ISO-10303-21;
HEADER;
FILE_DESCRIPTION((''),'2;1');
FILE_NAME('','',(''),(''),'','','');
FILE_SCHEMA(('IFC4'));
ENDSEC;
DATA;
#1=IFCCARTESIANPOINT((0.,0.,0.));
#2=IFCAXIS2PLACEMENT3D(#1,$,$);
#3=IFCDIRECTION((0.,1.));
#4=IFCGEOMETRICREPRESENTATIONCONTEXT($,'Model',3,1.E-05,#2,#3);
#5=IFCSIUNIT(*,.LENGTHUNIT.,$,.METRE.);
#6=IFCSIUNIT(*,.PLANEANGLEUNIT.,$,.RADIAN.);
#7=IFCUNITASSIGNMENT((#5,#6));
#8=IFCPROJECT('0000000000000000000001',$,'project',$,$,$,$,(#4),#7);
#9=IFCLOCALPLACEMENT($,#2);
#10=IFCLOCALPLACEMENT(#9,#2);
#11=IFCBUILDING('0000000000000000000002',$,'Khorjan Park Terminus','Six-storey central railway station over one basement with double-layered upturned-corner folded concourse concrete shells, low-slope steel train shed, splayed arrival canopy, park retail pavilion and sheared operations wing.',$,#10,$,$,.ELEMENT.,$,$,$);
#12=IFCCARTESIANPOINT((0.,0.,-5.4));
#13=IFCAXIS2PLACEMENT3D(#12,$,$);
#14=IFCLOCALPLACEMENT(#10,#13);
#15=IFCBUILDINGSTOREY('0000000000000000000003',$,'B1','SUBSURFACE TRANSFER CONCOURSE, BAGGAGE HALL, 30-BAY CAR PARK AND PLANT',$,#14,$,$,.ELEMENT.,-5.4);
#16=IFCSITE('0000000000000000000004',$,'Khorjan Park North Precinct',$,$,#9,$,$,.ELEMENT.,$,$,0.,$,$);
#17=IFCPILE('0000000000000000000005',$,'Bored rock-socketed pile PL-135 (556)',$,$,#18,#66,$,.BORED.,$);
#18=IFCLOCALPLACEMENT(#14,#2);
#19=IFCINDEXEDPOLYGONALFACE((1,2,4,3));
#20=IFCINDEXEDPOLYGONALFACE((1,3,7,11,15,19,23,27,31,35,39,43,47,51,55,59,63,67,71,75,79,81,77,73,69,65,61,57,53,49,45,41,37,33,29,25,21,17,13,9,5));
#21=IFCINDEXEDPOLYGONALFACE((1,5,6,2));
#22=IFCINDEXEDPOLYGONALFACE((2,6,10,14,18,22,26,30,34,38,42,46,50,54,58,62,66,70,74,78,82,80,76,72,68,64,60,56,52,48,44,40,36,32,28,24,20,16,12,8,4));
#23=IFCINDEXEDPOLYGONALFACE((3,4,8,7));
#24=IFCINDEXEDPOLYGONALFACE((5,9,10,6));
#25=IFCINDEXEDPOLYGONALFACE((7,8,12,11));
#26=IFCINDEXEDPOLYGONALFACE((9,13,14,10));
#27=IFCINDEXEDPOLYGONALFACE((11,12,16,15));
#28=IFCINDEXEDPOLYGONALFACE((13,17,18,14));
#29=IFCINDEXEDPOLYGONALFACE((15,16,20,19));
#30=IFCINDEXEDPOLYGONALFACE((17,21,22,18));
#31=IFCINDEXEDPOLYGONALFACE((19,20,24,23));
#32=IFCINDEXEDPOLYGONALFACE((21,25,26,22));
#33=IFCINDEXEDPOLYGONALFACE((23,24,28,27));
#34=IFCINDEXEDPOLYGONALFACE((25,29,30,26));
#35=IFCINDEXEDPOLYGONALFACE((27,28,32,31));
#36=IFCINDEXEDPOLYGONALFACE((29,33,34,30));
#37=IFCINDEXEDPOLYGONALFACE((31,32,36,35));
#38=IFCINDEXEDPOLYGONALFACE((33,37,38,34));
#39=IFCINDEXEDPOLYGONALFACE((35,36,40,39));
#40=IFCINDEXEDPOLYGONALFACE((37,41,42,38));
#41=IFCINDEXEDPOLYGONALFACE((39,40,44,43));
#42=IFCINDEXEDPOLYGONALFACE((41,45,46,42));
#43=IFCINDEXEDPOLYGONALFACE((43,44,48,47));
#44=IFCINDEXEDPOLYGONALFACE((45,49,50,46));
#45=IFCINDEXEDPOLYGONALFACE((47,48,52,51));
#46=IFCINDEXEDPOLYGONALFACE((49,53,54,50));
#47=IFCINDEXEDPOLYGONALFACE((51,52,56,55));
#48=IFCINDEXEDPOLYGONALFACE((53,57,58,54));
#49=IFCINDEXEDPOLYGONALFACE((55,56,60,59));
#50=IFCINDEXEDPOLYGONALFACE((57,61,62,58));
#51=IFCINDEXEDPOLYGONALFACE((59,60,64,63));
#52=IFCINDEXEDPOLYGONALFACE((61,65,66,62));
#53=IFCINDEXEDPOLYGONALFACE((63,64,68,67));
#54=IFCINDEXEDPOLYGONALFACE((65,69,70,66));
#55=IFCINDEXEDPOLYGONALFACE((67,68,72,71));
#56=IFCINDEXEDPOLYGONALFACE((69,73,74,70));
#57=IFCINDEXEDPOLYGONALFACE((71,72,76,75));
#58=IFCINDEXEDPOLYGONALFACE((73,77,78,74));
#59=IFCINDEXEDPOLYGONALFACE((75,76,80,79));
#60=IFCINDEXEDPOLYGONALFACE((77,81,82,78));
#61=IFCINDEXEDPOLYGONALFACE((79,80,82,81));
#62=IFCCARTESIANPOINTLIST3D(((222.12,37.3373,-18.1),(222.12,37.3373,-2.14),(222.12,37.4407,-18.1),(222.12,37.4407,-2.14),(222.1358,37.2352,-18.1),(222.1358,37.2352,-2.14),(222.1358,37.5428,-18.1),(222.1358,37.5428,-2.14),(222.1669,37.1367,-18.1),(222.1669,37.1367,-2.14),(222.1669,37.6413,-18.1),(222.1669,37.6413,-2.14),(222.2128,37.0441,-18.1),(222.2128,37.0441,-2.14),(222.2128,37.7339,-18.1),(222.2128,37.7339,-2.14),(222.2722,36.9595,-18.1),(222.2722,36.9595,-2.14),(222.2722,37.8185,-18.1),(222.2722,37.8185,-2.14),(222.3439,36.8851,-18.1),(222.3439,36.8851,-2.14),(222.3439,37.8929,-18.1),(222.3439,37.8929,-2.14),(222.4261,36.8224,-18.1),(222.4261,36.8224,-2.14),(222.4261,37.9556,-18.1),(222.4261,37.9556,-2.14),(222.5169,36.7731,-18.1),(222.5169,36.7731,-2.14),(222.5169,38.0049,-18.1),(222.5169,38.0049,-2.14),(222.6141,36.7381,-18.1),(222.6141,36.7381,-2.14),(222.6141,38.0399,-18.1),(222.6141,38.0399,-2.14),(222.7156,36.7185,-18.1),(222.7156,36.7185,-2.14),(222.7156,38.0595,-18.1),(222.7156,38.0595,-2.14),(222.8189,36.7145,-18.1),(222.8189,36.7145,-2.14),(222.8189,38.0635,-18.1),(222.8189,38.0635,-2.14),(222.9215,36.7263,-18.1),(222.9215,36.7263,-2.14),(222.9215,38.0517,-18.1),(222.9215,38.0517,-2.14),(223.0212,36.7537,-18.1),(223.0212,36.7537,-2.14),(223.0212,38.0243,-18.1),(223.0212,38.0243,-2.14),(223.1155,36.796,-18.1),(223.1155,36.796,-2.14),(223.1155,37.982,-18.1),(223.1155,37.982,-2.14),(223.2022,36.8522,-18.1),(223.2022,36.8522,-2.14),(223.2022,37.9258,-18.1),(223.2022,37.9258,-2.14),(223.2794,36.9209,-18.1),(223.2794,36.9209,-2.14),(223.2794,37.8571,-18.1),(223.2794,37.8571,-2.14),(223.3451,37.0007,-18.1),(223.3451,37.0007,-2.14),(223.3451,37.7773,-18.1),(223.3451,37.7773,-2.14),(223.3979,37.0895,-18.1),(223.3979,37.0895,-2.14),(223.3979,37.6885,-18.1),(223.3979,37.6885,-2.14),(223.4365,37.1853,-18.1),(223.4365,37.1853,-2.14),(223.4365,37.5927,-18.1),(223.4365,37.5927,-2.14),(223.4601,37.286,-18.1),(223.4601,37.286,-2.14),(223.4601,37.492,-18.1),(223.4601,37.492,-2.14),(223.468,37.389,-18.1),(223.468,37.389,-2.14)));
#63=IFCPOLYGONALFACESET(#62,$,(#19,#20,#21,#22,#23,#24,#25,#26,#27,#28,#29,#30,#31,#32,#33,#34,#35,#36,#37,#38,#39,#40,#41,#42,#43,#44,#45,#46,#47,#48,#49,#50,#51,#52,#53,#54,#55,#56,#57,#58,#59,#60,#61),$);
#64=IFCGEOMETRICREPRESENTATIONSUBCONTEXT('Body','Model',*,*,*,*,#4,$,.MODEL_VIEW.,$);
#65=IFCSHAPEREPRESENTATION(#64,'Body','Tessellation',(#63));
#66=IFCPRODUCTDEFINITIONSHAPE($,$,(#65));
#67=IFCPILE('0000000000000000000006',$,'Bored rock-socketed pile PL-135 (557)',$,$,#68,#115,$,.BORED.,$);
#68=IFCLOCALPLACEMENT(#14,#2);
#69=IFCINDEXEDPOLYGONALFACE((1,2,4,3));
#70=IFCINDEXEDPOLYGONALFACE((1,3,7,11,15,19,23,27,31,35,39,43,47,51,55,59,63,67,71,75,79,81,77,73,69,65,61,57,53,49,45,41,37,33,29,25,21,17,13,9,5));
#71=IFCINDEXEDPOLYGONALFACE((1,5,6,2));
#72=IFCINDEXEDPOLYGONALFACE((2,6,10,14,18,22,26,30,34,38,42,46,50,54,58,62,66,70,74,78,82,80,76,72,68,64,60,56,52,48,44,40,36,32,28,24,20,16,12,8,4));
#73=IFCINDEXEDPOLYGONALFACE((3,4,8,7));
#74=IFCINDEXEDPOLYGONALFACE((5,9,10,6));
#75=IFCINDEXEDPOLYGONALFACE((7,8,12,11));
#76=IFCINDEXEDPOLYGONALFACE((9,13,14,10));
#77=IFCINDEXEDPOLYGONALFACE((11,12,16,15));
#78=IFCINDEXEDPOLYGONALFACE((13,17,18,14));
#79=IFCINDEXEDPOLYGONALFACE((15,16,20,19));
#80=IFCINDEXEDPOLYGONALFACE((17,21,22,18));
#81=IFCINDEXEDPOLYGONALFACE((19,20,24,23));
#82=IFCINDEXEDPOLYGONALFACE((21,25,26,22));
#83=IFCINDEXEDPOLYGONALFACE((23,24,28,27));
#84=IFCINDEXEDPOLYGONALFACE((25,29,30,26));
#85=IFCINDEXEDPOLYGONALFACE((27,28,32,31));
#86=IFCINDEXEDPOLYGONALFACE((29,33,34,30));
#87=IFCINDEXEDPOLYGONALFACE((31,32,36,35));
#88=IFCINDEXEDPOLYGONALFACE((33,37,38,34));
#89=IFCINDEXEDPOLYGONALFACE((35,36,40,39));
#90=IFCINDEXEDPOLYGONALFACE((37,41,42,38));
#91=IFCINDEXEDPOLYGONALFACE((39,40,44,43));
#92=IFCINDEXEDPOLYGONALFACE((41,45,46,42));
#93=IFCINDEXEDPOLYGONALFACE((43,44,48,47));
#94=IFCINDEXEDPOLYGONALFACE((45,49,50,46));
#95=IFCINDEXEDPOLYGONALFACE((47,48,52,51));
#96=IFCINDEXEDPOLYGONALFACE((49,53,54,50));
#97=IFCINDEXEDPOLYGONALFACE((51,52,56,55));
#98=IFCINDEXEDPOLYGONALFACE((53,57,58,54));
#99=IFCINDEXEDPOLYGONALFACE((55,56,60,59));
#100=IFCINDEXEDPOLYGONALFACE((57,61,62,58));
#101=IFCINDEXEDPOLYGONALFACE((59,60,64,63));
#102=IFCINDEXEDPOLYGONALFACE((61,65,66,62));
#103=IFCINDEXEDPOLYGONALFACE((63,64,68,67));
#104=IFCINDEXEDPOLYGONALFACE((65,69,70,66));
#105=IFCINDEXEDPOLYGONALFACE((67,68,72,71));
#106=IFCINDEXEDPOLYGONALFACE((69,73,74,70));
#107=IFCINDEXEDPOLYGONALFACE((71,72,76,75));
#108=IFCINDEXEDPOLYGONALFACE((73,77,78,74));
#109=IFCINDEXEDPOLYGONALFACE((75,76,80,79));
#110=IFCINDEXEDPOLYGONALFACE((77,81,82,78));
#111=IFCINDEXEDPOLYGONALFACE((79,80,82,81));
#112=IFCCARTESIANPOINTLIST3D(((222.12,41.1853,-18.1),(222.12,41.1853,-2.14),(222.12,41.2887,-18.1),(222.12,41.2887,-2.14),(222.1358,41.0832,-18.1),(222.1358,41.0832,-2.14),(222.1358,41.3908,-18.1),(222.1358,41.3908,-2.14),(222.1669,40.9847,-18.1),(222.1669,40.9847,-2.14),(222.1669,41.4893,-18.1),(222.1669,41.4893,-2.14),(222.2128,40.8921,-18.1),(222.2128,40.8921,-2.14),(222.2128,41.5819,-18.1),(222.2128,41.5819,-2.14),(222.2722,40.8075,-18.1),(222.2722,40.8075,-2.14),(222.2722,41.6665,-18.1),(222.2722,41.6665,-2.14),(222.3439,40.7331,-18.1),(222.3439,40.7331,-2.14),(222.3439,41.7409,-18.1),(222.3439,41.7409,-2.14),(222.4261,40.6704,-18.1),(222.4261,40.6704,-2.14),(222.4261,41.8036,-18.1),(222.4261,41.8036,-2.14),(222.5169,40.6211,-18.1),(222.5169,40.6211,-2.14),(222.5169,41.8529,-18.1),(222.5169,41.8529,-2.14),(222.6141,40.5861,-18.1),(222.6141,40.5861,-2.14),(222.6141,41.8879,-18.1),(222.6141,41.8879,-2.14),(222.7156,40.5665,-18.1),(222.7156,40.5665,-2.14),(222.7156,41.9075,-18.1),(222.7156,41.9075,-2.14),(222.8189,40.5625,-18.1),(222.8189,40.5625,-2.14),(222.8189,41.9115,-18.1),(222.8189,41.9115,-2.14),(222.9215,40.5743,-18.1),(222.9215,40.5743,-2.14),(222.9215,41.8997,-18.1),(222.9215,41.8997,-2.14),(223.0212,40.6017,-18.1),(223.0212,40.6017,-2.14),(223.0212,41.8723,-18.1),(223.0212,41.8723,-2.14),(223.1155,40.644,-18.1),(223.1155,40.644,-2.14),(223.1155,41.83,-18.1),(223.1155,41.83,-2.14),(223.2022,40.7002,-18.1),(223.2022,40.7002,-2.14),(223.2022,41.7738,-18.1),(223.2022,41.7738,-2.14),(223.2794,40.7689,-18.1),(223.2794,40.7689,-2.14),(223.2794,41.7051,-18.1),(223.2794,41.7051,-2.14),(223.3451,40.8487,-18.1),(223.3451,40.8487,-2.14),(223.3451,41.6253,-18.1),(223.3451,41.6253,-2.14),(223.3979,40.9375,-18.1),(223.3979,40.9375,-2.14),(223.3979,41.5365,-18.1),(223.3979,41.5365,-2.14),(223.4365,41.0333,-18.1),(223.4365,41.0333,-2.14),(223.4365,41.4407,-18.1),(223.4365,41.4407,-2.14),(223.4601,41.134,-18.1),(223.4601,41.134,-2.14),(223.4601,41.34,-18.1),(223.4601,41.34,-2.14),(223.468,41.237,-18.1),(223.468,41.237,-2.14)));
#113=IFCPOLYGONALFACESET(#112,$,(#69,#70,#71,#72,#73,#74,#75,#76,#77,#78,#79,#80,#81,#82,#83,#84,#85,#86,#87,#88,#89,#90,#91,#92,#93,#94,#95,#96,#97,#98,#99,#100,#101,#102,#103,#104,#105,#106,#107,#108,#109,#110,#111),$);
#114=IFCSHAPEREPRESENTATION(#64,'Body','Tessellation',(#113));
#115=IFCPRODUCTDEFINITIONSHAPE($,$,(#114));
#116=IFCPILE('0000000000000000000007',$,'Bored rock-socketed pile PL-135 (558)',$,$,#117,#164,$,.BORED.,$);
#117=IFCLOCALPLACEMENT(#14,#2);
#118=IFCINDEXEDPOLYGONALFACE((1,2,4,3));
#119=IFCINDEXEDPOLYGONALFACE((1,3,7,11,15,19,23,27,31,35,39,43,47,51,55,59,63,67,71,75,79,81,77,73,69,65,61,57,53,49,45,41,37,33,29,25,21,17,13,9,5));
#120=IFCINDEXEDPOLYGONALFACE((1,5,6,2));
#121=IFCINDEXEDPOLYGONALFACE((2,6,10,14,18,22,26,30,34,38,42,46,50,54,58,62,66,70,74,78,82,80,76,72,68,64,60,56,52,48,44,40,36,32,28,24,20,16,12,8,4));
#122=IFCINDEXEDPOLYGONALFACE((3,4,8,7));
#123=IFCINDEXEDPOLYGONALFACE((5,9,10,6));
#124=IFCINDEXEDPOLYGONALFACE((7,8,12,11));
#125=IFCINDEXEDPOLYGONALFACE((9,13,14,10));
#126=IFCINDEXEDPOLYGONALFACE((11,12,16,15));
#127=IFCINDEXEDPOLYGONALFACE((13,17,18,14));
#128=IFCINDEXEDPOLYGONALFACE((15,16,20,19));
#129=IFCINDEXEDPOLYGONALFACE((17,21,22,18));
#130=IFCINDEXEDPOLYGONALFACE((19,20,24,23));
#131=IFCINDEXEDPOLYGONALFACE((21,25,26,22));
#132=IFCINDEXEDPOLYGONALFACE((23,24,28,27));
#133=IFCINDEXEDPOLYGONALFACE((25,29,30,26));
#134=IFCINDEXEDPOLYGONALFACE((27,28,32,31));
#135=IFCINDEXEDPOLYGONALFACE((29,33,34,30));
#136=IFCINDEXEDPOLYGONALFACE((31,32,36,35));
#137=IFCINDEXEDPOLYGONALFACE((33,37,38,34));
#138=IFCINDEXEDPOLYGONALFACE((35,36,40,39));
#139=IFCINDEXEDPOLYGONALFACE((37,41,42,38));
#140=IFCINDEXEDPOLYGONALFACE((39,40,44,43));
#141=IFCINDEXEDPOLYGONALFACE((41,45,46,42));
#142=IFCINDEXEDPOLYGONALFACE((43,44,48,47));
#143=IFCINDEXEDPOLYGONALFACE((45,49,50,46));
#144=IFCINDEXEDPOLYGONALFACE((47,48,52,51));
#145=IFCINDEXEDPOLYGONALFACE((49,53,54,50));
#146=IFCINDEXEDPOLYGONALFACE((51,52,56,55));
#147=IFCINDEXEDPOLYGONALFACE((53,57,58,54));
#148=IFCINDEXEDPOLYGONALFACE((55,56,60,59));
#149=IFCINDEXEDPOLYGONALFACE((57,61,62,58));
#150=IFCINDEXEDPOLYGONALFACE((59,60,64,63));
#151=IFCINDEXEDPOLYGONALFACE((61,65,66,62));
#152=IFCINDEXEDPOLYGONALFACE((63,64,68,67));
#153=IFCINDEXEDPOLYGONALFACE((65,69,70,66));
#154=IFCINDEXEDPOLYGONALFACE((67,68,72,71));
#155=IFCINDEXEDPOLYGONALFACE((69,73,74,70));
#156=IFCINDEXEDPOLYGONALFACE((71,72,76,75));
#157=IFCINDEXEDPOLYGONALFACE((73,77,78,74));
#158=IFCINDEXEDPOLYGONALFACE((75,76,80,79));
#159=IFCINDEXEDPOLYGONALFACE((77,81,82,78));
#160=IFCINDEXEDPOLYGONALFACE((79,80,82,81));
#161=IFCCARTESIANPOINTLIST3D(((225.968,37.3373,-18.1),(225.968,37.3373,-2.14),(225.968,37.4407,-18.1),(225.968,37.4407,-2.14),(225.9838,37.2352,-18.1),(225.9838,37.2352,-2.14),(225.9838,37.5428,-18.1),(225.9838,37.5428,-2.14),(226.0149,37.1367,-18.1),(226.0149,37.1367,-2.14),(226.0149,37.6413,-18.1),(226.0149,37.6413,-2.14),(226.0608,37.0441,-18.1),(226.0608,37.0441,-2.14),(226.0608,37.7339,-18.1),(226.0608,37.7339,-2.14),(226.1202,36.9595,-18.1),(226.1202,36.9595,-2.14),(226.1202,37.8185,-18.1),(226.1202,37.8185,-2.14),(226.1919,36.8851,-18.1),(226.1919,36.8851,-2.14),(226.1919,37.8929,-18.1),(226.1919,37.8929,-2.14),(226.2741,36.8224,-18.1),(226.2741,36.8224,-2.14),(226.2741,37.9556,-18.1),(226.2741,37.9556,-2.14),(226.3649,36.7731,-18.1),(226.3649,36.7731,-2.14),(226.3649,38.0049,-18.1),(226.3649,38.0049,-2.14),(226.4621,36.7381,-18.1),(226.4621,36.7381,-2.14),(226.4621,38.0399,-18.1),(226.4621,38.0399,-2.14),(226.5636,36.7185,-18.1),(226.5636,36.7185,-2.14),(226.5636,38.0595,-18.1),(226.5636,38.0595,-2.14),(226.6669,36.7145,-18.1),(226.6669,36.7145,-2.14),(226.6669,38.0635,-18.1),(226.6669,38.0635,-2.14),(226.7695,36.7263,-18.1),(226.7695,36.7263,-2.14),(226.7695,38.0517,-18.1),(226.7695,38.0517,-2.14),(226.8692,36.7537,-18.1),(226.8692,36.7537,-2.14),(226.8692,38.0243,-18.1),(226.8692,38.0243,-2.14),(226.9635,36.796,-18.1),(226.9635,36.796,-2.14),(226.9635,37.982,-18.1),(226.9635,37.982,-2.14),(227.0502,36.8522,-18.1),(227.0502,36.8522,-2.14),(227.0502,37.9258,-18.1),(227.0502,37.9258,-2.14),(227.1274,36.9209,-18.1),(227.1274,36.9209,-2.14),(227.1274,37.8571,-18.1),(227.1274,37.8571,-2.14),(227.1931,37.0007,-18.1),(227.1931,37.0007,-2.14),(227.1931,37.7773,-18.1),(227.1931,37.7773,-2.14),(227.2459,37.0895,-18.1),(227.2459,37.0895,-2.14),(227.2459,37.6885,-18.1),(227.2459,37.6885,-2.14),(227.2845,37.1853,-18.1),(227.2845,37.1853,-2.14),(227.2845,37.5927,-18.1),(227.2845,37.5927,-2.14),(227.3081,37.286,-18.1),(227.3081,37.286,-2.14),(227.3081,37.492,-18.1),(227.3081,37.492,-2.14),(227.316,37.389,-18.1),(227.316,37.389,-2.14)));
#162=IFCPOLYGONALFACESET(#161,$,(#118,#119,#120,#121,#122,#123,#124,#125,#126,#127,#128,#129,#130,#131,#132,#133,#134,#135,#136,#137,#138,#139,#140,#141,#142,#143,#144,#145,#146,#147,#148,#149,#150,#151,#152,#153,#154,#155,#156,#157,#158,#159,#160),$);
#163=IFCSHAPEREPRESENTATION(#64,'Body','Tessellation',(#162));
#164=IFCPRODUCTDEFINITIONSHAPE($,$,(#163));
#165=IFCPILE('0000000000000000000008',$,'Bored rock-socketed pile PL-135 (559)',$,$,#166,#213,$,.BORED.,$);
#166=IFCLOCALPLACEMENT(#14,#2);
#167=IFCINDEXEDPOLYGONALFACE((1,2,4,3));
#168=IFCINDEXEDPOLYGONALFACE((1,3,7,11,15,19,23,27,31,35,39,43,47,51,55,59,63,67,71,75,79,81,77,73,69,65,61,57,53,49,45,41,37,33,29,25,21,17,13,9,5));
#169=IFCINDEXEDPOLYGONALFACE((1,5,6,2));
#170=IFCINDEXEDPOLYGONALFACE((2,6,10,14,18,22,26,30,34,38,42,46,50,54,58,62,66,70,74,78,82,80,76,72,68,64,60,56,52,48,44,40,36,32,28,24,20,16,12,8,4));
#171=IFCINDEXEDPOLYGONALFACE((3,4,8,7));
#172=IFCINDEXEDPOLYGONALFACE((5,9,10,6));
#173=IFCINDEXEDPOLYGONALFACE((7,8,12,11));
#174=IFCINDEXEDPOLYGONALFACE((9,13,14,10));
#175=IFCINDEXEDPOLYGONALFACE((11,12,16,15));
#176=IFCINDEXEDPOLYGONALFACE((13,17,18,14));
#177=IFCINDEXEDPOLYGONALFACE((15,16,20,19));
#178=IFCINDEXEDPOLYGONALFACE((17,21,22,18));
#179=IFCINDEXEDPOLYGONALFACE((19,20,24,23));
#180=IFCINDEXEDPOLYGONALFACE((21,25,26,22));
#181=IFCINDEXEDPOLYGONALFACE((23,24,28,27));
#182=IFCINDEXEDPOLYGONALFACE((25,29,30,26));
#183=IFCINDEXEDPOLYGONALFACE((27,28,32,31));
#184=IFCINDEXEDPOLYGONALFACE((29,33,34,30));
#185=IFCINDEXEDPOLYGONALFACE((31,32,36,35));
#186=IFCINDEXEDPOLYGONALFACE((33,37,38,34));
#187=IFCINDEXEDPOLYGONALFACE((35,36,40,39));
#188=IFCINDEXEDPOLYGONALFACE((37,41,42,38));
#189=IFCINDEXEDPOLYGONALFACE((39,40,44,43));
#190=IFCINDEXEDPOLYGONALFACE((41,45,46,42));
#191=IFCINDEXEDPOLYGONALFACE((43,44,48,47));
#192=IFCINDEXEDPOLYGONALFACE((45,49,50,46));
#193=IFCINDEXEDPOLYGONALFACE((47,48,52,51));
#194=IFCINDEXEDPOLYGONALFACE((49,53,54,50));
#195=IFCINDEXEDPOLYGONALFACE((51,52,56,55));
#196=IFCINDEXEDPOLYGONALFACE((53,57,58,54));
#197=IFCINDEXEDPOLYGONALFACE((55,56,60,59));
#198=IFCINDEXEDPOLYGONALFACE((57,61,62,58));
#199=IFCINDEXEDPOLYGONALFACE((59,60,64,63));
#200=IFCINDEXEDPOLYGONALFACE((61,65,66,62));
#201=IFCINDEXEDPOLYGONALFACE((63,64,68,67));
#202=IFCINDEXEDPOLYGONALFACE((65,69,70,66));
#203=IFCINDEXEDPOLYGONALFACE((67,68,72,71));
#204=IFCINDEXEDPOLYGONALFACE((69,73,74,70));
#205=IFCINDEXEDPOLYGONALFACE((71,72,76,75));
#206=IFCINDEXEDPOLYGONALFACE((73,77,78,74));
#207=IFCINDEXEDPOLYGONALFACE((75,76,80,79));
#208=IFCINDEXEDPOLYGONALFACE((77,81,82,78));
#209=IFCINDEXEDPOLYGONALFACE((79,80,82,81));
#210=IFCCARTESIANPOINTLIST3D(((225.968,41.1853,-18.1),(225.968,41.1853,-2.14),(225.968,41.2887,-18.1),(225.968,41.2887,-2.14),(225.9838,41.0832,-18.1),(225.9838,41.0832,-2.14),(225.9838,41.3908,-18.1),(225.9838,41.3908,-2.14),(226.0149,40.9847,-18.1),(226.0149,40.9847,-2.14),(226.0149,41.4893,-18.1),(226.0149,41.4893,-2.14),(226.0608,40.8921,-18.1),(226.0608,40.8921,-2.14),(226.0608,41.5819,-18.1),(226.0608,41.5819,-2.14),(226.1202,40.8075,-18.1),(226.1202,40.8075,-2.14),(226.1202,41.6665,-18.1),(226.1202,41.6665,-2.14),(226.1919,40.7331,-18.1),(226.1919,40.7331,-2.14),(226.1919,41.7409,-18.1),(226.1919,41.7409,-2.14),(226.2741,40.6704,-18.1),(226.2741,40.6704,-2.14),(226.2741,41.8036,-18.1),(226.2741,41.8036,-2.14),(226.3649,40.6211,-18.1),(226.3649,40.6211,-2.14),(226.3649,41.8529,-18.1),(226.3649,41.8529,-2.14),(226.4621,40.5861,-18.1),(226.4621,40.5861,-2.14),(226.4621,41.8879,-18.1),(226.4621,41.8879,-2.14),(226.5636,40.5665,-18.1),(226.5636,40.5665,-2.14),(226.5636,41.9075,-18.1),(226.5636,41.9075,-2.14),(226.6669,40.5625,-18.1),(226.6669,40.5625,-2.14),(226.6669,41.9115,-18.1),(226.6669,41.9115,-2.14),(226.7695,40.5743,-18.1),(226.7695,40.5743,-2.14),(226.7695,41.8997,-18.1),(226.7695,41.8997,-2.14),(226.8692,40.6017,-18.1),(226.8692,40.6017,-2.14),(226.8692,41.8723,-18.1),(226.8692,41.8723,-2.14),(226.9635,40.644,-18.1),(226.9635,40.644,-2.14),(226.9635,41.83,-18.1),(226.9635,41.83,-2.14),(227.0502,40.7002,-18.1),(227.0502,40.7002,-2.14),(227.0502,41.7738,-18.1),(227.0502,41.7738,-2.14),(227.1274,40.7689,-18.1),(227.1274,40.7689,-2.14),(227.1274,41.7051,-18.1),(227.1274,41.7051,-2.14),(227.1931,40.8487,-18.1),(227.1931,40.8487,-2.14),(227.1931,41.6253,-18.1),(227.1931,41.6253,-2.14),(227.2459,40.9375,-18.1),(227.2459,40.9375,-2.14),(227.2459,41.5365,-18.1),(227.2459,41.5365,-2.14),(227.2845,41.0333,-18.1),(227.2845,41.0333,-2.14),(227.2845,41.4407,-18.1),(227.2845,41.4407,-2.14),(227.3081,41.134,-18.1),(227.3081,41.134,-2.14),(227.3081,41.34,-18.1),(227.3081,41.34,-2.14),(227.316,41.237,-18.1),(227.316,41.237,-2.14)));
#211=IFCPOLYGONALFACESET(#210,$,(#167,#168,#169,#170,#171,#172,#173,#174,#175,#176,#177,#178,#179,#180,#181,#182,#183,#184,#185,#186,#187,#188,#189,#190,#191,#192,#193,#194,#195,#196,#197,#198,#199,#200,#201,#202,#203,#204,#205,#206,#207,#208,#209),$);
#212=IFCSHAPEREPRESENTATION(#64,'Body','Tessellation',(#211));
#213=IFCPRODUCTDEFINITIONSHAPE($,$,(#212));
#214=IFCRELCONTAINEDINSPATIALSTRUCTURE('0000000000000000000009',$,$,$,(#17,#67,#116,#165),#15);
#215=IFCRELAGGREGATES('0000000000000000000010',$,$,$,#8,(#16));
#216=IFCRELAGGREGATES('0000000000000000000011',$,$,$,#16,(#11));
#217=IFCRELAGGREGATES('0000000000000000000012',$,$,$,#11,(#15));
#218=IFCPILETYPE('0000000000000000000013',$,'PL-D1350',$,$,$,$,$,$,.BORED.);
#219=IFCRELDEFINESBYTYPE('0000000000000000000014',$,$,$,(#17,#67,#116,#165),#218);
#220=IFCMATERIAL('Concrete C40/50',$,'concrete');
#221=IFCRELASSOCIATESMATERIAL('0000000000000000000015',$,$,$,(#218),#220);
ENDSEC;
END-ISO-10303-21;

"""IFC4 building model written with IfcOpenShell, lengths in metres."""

from ifc_helpers import new_model, si_unit, direction, frame, origin, origin_2d, place, context, subcontext, project, spatial, circle, extrude, material, material_profile, profile_set, type_object, element, save


model = new_model("IFC4")

# Units and contexts
model_context = context("Model", 3, precision=1e-05, world=origin(), true_north=direction((0.0, 1.0)))
body_context = subcontext(model_context, "Body", "Model", "MODEL_VIEW")
ifc_project = project(units=[si_unit("LENGTHUNIT", "METRE"), si_unit("PLANEANGLEUNIT", "RADIAN")], contexts=[model_context])

# Site, building, storey
site_placement = place(None, origin())
site = spatial("IfcSite", under=ifc_project, at=site_placement, Name="Khorjan Park North Precinct", CompositionType="ELEMENT", RefElevation=0.0)
building_placement = place(site_placement, origin())
building = spatial("IfcBuilding", under=site, at=building_placement, Name="Khorjan Park Terminus", Description="Six-storey central railway station over one basement with double-layered upturned-corner folded concourse concrete shells, low-slope steel train shed, splayed arrival canopy, park retail pavilion and sheared operations wing.", CompositionType="ELEMENT")
storey_placement = place(building_placement, frame((0.0, 0.0, -5.4)))
storey = spatial("IfcBuildingStorey", under=building, at=storey_placement, Name="B1", Description="SUBSURFACE TRANSFER CONCOURSE, BAGGAGE HALL, 30-BAY CAR PARK AND PLANT", CompositionType="ELEMENT", Elevation=-5.4)

# Piles
ifc_material_1 = material(Name="Concrete C40/50", Category="concrete")
ifc_material_profile_1 = material_profile(ifc_material_1, circle(Radius=0.675, at=origin_2d()), Name="BORED D1350")
ifc_profile_set_1 = profile_set([ifc_material_profile_1], Name="Concrete C40/50")
pile_type = type_object("IfcPileType", Name="PL-D1350", PredefinedType="BORED", material=ifc_profile_set_1)
for number, where, z_axis, x_axis, name in (
    (1, (222.793, 37.389, -2.14), (0.0, 0.0, -1.0), (1.0, 0.0, 0.0), "Bored rock-socketed pile PL-135 (556)"),
    (2, (222.793, 41.237, -2.14), (0.0, 0.0, -1.0), (1.0, 0.0, 0.0), "Bored rock-socketed pile PL-135 (557)"),
    (3, (226.641, 37.389, -2.14), (0.0, 0.0, -1.0), (1.0, 0.0, 0.0), "Bored rock-socketed pile PL-135 (558)"),
    (4, (226.641, 41.237, -2.14), (0.0, 0.0, -1.0), (1.0, 0.0, 0.0), "Bored rock-socketed pile PL-135 (559)"),
):
    element("IfcPile", number, at=place(storey_placement, frame(where, z_axis=z_axis, x_axis=x_axis)), inside=storey, type_object=pile_type, Name=name, PredefinedType="BORED", context=body_context, shape_type="SweptSolid", body=[
        extrude(circle(Radius=0.675, at=origin_2d()), origin(), (0.0, 0.0, 1.0), 15.96),
    ])

save(model, "model.ifc")
